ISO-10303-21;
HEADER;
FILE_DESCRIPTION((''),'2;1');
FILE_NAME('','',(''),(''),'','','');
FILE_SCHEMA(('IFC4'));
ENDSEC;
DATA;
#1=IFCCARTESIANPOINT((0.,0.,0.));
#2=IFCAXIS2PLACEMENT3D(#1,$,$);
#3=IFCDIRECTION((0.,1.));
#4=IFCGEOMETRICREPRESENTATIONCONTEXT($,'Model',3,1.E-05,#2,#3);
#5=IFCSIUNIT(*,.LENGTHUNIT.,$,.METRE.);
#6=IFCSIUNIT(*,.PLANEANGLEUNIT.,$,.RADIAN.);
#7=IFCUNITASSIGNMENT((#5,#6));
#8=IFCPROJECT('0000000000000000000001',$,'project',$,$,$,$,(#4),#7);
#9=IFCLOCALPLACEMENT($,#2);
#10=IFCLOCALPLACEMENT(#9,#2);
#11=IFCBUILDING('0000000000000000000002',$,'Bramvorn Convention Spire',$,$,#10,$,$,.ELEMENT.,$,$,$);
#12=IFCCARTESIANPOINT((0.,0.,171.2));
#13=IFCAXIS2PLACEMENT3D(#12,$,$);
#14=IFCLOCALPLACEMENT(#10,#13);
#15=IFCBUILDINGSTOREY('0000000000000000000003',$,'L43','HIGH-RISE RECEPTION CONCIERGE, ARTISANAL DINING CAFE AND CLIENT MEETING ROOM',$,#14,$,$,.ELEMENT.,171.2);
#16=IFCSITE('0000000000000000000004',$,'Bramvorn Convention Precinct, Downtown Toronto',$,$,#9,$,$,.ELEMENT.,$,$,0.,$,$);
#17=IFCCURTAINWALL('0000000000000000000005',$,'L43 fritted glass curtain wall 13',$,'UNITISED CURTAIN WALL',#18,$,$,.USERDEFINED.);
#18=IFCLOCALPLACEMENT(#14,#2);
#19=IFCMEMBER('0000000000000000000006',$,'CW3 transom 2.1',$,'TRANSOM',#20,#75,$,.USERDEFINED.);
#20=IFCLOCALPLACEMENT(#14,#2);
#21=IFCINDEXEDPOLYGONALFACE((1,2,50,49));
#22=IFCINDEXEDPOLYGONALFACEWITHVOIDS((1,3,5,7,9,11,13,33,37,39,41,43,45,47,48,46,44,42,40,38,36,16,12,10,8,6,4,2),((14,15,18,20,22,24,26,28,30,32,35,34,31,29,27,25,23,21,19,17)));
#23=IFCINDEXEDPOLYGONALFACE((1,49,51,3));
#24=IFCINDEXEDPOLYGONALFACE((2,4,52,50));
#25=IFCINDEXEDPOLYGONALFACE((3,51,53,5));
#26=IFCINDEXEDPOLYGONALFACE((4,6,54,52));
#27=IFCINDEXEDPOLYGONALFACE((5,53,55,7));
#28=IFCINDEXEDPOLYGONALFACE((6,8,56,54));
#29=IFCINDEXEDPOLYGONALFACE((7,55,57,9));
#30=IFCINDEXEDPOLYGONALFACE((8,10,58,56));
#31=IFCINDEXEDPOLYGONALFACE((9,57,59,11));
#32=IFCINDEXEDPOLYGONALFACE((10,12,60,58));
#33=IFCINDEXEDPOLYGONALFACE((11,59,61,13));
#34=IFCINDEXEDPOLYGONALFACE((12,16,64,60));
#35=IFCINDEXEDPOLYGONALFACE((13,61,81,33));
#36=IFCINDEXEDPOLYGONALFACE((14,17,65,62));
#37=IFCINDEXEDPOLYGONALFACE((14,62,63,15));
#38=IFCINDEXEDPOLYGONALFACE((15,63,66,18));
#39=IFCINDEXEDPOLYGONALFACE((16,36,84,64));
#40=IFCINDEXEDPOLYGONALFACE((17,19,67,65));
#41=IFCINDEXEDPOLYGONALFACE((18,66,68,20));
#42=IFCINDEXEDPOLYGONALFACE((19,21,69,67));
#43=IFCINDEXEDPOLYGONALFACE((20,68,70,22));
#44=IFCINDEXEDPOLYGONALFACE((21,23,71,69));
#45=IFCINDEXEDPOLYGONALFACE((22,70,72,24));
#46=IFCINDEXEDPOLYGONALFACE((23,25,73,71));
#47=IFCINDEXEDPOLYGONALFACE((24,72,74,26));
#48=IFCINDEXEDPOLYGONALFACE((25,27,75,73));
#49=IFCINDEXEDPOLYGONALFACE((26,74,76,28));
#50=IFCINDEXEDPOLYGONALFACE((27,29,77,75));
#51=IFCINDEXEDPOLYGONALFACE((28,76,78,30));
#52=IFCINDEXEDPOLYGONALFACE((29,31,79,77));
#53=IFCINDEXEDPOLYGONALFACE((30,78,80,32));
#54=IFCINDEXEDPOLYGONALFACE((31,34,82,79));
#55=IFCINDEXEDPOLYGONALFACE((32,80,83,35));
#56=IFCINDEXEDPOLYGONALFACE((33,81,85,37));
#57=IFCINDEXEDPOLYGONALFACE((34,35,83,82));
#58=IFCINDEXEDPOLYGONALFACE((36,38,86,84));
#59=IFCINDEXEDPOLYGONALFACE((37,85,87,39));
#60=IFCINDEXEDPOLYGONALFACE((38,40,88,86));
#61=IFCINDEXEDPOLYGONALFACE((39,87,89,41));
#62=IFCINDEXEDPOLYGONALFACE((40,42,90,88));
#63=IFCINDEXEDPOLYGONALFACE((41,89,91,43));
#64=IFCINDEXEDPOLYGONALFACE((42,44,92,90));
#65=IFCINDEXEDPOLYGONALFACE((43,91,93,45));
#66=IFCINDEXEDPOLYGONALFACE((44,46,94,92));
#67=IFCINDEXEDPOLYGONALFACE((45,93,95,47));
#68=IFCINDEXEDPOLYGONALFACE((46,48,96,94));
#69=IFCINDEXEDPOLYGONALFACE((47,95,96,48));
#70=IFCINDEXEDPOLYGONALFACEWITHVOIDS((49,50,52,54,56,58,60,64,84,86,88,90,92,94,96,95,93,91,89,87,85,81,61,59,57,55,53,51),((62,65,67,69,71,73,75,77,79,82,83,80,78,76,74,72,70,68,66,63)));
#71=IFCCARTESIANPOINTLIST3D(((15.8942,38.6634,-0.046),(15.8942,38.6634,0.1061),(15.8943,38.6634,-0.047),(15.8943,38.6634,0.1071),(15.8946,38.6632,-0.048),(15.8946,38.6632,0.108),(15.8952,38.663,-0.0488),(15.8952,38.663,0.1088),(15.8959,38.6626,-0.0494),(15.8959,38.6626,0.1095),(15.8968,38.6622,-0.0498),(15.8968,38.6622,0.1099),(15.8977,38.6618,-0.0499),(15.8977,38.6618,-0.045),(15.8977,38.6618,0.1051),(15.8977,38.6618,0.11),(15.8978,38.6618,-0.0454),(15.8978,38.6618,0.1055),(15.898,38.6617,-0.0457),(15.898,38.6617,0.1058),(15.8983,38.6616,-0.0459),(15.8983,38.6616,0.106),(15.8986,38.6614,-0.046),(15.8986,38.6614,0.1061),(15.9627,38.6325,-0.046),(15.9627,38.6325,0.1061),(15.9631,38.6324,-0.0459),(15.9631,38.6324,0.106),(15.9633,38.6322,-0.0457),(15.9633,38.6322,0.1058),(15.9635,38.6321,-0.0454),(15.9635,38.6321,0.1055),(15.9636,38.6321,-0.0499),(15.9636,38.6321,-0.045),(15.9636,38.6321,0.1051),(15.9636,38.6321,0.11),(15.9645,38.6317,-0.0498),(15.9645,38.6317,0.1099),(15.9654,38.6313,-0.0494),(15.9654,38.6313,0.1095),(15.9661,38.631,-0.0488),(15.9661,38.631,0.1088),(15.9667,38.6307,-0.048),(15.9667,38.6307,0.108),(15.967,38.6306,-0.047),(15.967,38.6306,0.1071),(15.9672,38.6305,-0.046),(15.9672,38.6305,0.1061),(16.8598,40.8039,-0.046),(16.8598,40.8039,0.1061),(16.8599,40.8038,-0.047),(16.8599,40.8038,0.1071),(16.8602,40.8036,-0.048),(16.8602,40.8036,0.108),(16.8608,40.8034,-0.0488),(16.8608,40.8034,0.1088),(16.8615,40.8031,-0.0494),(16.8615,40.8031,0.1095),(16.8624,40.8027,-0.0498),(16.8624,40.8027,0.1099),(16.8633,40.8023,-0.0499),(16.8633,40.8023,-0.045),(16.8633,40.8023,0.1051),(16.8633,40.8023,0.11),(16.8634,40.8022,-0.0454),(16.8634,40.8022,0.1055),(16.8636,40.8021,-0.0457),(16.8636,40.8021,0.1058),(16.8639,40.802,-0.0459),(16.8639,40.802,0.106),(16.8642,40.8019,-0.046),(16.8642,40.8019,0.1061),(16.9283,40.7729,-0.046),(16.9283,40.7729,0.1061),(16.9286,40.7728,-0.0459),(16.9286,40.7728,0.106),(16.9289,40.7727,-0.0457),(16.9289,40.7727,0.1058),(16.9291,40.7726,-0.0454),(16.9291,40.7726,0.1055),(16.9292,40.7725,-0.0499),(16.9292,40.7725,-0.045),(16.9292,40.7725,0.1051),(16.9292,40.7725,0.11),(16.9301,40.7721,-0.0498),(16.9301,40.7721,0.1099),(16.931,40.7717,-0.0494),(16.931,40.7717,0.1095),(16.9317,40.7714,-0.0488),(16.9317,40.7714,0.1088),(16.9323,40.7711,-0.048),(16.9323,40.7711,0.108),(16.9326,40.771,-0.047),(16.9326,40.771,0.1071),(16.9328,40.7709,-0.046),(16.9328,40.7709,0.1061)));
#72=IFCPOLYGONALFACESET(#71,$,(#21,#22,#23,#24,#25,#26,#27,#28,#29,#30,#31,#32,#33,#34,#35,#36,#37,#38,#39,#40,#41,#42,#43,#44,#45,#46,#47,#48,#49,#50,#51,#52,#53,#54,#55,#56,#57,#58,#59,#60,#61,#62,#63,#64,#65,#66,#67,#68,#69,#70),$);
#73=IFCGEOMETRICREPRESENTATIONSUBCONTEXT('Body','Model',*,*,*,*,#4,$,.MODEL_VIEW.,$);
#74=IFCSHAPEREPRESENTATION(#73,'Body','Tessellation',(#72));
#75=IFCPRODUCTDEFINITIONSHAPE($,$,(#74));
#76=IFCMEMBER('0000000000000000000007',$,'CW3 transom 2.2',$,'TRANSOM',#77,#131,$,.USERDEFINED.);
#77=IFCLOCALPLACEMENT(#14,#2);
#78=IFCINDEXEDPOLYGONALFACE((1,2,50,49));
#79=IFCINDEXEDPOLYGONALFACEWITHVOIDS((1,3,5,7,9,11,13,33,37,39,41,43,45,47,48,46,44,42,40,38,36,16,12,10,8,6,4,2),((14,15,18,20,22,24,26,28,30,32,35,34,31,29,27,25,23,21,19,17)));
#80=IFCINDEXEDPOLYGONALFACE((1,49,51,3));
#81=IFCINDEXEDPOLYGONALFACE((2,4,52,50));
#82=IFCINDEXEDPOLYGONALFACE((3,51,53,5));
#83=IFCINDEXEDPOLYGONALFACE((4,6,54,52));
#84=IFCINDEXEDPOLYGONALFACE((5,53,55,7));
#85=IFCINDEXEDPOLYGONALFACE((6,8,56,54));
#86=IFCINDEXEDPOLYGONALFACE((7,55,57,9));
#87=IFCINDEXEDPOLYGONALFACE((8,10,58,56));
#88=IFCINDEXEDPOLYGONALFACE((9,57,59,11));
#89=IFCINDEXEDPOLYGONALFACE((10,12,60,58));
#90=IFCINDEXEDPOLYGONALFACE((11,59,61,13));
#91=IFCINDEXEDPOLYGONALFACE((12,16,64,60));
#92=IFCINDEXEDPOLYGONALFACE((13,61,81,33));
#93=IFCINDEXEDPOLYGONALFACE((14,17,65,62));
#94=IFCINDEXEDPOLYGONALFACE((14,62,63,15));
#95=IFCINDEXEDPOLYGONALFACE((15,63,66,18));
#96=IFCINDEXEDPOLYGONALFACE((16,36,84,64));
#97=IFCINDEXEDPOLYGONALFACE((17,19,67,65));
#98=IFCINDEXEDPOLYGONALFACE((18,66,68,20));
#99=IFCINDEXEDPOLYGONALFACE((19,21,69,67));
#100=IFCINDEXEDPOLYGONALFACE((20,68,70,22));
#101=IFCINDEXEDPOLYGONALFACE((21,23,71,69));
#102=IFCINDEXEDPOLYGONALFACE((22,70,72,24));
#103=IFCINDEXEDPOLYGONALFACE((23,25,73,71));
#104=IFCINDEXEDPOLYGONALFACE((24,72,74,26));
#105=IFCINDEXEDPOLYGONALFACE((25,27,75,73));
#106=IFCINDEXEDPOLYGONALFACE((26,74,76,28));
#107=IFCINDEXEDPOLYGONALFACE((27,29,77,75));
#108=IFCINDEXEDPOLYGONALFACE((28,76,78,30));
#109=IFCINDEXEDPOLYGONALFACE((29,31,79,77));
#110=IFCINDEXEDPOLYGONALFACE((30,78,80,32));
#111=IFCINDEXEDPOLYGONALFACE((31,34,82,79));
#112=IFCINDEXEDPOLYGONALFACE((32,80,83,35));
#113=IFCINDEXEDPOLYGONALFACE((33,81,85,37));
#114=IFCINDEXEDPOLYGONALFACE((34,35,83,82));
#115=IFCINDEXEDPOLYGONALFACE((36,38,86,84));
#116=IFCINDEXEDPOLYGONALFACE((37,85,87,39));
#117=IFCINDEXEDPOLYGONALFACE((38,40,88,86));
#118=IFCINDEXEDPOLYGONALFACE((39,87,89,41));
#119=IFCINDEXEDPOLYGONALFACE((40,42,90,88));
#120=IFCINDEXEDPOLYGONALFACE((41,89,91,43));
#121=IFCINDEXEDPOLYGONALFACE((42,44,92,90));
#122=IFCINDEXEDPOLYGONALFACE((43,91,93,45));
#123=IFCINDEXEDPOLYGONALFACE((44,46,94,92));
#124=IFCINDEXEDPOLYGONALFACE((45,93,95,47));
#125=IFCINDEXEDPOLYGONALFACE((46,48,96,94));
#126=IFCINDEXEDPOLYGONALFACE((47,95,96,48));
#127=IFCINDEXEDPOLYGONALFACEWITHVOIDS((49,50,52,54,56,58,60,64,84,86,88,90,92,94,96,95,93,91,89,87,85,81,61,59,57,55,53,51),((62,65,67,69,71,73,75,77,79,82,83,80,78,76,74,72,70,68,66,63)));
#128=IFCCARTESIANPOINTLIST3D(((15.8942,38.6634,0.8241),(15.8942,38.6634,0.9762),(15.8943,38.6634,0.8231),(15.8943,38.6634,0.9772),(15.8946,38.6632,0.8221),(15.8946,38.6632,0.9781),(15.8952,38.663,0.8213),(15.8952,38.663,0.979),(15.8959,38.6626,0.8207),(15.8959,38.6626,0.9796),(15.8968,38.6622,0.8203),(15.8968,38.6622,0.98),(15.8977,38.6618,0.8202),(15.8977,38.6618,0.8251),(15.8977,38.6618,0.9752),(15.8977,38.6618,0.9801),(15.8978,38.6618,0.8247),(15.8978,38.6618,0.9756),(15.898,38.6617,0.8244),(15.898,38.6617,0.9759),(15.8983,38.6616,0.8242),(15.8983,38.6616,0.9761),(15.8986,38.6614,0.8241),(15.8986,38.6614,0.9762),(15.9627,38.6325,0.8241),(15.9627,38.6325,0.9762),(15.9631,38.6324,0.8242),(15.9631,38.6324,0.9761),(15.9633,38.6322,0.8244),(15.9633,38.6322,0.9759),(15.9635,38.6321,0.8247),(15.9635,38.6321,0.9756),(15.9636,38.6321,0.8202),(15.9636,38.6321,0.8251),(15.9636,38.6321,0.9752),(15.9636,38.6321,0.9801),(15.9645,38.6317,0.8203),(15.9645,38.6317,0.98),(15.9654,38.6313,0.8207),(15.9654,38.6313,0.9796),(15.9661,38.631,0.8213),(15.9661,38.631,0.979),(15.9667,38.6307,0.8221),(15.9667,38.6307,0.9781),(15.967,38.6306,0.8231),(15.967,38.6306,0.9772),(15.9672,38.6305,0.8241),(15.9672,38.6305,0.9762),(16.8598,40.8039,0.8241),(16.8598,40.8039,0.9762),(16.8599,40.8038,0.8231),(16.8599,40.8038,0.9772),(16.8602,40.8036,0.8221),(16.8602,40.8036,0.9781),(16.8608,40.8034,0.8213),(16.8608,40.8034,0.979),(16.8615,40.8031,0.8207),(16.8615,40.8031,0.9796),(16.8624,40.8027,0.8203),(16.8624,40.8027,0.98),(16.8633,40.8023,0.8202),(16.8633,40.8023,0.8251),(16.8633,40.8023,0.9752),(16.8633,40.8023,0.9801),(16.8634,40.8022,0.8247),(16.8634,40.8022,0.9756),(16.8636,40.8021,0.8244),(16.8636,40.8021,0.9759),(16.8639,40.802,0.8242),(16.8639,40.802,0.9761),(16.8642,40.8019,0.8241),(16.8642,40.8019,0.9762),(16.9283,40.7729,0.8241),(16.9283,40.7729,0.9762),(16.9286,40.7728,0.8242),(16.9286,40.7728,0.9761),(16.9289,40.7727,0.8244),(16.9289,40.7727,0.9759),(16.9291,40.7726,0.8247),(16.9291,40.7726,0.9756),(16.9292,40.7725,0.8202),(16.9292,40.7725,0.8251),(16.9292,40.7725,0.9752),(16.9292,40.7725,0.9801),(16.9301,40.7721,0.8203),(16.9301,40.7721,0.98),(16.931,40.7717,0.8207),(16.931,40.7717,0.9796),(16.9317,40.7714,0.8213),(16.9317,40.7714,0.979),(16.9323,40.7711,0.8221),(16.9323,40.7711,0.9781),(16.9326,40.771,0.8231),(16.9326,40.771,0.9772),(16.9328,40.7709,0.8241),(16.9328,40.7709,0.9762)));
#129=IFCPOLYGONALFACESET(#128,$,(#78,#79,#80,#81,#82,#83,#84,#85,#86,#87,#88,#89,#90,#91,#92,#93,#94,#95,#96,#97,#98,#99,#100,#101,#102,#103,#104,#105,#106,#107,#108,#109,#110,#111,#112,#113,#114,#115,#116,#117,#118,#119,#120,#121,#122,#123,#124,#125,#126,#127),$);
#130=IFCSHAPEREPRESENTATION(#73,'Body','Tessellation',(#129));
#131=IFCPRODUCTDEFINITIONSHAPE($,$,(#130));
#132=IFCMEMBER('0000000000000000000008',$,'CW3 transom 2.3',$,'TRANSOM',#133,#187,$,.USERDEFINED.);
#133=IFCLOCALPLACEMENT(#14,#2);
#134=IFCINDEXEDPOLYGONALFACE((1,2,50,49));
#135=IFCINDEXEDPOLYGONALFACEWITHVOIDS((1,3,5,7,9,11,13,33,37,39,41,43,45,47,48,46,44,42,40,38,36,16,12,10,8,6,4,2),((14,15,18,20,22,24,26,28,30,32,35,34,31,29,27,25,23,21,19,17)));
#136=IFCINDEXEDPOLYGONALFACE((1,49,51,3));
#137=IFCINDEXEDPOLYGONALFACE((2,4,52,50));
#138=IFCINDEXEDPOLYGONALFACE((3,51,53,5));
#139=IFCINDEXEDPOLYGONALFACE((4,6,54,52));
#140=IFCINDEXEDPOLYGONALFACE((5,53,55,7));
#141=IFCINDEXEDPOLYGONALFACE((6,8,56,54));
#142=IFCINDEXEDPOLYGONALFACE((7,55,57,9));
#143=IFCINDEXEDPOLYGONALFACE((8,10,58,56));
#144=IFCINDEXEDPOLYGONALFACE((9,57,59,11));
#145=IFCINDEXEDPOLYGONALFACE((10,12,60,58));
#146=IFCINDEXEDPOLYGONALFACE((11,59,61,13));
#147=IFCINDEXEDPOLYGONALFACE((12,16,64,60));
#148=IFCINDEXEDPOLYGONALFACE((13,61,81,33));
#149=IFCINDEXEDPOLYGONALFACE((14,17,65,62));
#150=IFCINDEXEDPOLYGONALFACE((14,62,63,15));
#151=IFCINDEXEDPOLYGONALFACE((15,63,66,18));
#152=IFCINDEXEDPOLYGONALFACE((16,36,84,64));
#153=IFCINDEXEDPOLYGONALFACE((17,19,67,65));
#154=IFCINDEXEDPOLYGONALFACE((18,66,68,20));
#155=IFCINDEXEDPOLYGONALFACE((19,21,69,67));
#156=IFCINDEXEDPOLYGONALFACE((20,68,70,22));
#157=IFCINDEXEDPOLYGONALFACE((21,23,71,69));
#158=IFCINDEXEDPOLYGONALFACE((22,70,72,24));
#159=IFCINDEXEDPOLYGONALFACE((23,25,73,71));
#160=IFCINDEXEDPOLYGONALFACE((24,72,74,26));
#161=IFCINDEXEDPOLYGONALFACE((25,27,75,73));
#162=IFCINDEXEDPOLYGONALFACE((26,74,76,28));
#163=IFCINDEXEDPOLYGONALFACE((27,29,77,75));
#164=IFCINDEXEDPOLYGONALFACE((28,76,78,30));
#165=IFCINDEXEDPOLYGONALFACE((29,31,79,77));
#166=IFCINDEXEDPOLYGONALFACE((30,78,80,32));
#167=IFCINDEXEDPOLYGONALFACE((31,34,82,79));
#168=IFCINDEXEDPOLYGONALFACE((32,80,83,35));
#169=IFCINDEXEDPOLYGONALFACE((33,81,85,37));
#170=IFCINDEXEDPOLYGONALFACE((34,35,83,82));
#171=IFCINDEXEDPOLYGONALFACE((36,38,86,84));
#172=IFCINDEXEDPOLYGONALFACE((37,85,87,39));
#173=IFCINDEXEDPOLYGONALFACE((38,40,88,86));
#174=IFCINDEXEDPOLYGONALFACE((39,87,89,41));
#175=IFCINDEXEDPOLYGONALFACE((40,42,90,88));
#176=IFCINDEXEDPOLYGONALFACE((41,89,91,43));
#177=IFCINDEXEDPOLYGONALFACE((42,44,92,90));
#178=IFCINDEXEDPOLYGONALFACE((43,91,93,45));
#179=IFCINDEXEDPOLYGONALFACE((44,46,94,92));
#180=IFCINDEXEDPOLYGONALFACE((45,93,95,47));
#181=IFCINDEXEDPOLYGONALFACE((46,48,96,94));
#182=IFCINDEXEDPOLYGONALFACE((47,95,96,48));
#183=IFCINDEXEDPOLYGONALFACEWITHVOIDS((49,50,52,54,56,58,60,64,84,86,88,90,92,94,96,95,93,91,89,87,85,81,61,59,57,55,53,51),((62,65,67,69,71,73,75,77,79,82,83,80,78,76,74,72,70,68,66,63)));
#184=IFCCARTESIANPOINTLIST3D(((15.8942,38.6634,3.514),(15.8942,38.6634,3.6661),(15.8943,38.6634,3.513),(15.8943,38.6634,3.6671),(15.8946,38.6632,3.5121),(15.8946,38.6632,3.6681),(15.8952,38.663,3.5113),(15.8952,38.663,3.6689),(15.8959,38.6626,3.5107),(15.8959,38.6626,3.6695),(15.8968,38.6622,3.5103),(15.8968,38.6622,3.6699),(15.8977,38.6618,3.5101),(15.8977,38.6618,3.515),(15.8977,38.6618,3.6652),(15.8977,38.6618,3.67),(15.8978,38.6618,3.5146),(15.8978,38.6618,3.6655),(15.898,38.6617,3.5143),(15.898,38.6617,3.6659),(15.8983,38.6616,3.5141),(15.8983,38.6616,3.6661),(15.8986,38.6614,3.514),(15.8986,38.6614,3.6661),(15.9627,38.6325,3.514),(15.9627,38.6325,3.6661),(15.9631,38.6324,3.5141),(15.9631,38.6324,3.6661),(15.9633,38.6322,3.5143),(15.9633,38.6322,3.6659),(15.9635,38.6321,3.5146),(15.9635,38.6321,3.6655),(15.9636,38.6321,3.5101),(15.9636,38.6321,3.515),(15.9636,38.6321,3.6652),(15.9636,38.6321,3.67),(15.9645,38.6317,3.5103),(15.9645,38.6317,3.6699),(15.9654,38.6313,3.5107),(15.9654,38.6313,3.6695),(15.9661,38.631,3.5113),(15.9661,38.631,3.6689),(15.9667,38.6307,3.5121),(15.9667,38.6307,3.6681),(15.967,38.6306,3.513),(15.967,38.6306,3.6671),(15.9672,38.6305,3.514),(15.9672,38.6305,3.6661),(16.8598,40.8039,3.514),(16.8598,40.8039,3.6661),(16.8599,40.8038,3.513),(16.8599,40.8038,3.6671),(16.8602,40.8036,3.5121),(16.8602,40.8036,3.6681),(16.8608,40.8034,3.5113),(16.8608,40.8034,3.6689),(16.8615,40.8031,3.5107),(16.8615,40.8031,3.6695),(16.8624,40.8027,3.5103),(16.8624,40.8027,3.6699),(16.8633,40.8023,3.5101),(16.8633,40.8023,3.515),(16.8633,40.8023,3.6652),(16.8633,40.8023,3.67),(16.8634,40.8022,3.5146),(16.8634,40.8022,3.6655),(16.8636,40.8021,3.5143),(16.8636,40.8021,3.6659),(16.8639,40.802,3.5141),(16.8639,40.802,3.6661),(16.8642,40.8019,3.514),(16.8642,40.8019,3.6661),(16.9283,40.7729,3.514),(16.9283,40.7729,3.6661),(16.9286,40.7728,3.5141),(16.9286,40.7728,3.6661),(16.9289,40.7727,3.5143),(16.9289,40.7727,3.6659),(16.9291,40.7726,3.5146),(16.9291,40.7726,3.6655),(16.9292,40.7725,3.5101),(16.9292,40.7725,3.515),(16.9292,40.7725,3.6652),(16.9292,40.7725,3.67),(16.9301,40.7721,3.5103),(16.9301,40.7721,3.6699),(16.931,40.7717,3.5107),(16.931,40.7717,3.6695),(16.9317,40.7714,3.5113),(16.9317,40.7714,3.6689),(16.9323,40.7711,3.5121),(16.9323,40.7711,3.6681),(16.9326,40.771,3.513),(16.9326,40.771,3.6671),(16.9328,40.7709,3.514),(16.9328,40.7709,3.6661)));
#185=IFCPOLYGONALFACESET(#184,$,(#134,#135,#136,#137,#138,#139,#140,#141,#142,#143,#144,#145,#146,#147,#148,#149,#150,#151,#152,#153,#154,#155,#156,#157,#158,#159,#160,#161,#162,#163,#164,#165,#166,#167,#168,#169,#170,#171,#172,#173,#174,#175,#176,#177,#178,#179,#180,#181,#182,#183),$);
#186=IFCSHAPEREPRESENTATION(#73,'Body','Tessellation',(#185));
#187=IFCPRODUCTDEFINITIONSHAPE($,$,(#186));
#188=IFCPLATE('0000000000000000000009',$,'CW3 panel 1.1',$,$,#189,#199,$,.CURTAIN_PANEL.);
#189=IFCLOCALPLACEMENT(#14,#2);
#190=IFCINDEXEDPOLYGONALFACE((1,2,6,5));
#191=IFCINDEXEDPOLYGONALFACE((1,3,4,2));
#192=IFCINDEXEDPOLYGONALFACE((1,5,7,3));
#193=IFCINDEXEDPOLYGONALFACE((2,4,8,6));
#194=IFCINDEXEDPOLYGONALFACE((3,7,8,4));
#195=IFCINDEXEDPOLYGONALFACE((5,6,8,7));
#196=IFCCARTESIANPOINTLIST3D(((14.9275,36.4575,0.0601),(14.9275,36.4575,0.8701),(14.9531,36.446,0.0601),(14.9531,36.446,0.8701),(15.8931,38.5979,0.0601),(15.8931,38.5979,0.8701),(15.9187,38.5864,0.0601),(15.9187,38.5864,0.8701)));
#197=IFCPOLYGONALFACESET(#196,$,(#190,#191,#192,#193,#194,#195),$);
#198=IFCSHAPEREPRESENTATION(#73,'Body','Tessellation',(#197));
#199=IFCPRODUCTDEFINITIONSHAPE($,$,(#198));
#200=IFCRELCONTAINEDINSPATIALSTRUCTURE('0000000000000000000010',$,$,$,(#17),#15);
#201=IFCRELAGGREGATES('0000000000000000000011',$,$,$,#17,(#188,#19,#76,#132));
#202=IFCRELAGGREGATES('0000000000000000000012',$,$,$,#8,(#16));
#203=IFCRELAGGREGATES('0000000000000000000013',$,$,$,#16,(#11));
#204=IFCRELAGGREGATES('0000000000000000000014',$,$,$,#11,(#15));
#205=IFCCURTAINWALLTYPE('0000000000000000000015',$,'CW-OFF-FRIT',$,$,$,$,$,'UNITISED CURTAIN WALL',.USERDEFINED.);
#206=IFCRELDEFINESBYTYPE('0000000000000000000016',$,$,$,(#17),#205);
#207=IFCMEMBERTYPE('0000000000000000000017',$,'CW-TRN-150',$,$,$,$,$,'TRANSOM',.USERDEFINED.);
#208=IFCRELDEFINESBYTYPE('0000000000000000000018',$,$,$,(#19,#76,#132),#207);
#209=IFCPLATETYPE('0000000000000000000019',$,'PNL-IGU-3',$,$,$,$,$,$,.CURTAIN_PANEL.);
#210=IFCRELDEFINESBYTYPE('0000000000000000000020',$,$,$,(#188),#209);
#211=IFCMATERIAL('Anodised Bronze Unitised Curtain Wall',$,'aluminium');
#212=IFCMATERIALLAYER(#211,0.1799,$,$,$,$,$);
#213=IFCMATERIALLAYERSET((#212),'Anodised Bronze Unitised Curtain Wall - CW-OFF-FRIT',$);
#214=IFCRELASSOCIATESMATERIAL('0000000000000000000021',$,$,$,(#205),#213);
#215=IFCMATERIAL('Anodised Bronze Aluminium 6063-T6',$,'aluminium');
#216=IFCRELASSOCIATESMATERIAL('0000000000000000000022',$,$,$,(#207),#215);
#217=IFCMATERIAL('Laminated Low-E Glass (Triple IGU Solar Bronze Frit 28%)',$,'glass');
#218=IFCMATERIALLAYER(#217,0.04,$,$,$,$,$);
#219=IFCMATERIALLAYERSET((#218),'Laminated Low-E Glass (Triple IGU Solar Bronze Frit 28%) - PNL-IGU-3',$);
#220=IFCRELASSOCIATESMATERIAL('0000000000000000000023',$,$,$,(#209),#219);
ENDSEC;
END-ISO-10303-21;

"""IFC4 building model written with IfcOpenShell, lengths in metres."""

from ifc_helpers import new_model, si_unit, direction, frame, origin, origin_2d, place, context, subcontext, project, spatial, rectangle, hollow_rectangle, extrude, material, layer, layer_set, material_profile, profile_set, type_object, element, aggregate, save


model = new_model("IFC4")

# Units and contexts
model_context = context("Model", 3, precision=1e-05, world=origin(), true_north=direction((0.0, 1.0)))
body_context = subcontext(model_context, "Body", "Model", "MODEL_VIEW")
ifc_project = project(units=[si_unit("LENGTHUNIT", "METRE"), si_unit("PLANEANGLEUNIT", "RADIAN")], contexts=[model_context])

# Site, building, storey
site_placement = place(None, origin())
site = spatial("IfcSite", under=ifc_project, at=site_placement, Name="Bramvorn Convention Precinct, Downtown Toronto", CompositionType="ELEMENT", RefElevation=0.0)
building_placement = place(site_placement, origin())
building = spatial("IfcBuilding", under=site, at=building_placement, Name="Bramvorn Convention Spire", CompositionType="ELEMENT")
storey_placement = place(building_placement, frame((0.0, 0.0, 171.2)))
storey = spatial("IfcBuildingStorey", under=building, at=storey_placement, Name="L43", Description="HIGH-RISE RECEPTION CONCIERGE, ARTISANAL DINING CAFE AND CLIENT MEETING ROOM", CompositionType="ELEMENT", Elevation=171.2)

# Curtain wall
ifc_material_1 = material(Name="Anodised Bronze Unitised Curtain Wall", Category="aluminium")
ifc_layer_1 = layer(ifc_material_1, 0.1799)
ifc_layer_set_1 = layer_set([ifc_layer_1], Name="Anodised Bronze Unitised Curtain Wall - CW-OFF-FRIT")
curtain_wall_type = type_object("IfcCurtainWallType", Name="CW-OFF-FRIT", ElementType="UNITISED CURTAIN WALL", PredefinedType="USERDEFINED", material=ifc_layer_set_1)
curtain_wall_1_placement = place(storey_placement, origin())
curtain_wall_1 = element("IfcCurtainWall", 1, at=curtain_wall_1_placement, inside=storey, type_object=curtain_wall_type, Name="L43 fritted glass curtain wall 13", ObjectType="UNITISED CURTAIN WALL", PredefinedType="USERDEFINED")
ifc_material_2 = material(Name="Anodised Bronze Aluminium 6063-T6", Category="aluminium")

# Members
ifc_material_profile_1 = material_profile(ifc_material_2, hollow_rectangle(XDim=0.0801, YDim=0.1599, WallThickness=0.0039, InnerFilletRadius=0.001, OuterFilletRadius=0.0039, at=origin_2d()))
ifc_profile_set_1 = profile_set([ifc_material_profile_1], Name="Anodised Bronze Aluminium 6063-T6 - CWT80X160")
member_type_1 = type_object("IfcMemberType", Name="CW-TRN-150", ElementType="TRANSOM", PredefinedType="USERDEFINED", material=ifc_profile_set_1)
member_1_placement = place(storey_placement, frame((15.9307, 38.647, 0.03), z_axis=(0.411216, 0.911538, 0.0), x_axis=(-0.911538, 0.411216, 0.0)))
member_1 = element("IfcMember", 2, at=member_1_placement, type_object=member_type_1, Name="CW3 transom 2.1", ObjectType="TRANSOM", PredefinedType="USERDEFINED", context=body_context, shape_type="SweptSolid", body=[
    extrude(hollow_rectangle(XDim=0.0801, YDim=0.1599, WallThickness=0.0039, InnerFilletRadius=0.001, OuterFilletRadius=0.0039, at=origin_2d()), origin(), (0.0, 0.0, 1.0), 2.3481),
])
member_2_placement = place(storey_placement, frame((15.9307, 38.647, 0.9001), z_axis=(0.411216, 0.911538, 0.0), x_axis=(-0.911538, 0.411216, 0.0)))
member_2 = element("IfcMember", 3, at=member_2_placement, type_object=member_type_1, Name="CW3 transom 2.2", ObjectType="TRANSOM", PredefinedType="USERDEFINED", context=body_context, shape_type="SweptSolid", body=[
    extrude(hollow_rectangle(XDim=0.0801, YDim=0.1599, WallThickness=0.0039, InnerFilletRadius=0.001, OuterFilletRadius=0.0039, at=origin_2d()), origin(), (0.0, 0.0, 1.0), 2.3481),
])
member_3_placement = place(storey_placement, frame((15.9307, 38.647, 3.5901), z_axis=(0.411216, 0.911538, 0.0), x_axis=(-0.911538, 0.411216, 0.0)))
member_3 = element("IfcMember", 4, at=member_3_placement, type_object=member_type_1, Name="CW3 transom 2.3", ObjectType="TRANSOM", PredefinedType="USERDEFINED", context=body_context, shape_type="SweptSolid", body=[
    extrude(hollow_rectangle(XDim=0.0801, YDim=0.1599, WallThickness=0.0039, InnerFilletRadius=0.001, OuterFilletRadius=0.0039, at=origin_2d()), origin(), (0.0, 0.0, 1.0), 2.3481),
])

# Plate
ifc_material_3 = material(Name="Laminated Low-E Glass (Triple IGU Solar Bronze Frit 28%)", Category="glass")
ifc_layer_2 = layer(ifc_material_3, 0.04)
ifc_layer_set_2 = layer_set([ifc_layer_2], Name="Laminated Low-E Glass (Triple IGU Solar Bronze Frit 28%) - PNL-IGU-3")
plate_type = type_object("IfcPlateType", Name="PNL-IGU-3", PredefinedType="CURTAIN_PANEL", material=ifc_layer_set_2)
plate_1_placement = place(storey_placement, frame((15.4231, 37.522, 0.0601), z_axis=(0.0, 0.0, 1.0), x_axis=(0.411241, 0.911527, 0.0)))
plate_1 = element("IfcPlate", 5, at=plate_1_placement, type_object=plate_type, Name="CW3 panel 1.1", PredefinedType="CURTAIN_PANEL", context=body_context, shape_type="SweptSolid", body=[
    extrude(rectangle(XDim=2.3481, YDim=0.0281, at=origin_2d()), origin(), (0.0, 0.0, 1.0), 0.8101),
])
aggregate(curtain_wall_1, [plate_1, member_1, member_2, member_3])

save(model, "model.ifc")
